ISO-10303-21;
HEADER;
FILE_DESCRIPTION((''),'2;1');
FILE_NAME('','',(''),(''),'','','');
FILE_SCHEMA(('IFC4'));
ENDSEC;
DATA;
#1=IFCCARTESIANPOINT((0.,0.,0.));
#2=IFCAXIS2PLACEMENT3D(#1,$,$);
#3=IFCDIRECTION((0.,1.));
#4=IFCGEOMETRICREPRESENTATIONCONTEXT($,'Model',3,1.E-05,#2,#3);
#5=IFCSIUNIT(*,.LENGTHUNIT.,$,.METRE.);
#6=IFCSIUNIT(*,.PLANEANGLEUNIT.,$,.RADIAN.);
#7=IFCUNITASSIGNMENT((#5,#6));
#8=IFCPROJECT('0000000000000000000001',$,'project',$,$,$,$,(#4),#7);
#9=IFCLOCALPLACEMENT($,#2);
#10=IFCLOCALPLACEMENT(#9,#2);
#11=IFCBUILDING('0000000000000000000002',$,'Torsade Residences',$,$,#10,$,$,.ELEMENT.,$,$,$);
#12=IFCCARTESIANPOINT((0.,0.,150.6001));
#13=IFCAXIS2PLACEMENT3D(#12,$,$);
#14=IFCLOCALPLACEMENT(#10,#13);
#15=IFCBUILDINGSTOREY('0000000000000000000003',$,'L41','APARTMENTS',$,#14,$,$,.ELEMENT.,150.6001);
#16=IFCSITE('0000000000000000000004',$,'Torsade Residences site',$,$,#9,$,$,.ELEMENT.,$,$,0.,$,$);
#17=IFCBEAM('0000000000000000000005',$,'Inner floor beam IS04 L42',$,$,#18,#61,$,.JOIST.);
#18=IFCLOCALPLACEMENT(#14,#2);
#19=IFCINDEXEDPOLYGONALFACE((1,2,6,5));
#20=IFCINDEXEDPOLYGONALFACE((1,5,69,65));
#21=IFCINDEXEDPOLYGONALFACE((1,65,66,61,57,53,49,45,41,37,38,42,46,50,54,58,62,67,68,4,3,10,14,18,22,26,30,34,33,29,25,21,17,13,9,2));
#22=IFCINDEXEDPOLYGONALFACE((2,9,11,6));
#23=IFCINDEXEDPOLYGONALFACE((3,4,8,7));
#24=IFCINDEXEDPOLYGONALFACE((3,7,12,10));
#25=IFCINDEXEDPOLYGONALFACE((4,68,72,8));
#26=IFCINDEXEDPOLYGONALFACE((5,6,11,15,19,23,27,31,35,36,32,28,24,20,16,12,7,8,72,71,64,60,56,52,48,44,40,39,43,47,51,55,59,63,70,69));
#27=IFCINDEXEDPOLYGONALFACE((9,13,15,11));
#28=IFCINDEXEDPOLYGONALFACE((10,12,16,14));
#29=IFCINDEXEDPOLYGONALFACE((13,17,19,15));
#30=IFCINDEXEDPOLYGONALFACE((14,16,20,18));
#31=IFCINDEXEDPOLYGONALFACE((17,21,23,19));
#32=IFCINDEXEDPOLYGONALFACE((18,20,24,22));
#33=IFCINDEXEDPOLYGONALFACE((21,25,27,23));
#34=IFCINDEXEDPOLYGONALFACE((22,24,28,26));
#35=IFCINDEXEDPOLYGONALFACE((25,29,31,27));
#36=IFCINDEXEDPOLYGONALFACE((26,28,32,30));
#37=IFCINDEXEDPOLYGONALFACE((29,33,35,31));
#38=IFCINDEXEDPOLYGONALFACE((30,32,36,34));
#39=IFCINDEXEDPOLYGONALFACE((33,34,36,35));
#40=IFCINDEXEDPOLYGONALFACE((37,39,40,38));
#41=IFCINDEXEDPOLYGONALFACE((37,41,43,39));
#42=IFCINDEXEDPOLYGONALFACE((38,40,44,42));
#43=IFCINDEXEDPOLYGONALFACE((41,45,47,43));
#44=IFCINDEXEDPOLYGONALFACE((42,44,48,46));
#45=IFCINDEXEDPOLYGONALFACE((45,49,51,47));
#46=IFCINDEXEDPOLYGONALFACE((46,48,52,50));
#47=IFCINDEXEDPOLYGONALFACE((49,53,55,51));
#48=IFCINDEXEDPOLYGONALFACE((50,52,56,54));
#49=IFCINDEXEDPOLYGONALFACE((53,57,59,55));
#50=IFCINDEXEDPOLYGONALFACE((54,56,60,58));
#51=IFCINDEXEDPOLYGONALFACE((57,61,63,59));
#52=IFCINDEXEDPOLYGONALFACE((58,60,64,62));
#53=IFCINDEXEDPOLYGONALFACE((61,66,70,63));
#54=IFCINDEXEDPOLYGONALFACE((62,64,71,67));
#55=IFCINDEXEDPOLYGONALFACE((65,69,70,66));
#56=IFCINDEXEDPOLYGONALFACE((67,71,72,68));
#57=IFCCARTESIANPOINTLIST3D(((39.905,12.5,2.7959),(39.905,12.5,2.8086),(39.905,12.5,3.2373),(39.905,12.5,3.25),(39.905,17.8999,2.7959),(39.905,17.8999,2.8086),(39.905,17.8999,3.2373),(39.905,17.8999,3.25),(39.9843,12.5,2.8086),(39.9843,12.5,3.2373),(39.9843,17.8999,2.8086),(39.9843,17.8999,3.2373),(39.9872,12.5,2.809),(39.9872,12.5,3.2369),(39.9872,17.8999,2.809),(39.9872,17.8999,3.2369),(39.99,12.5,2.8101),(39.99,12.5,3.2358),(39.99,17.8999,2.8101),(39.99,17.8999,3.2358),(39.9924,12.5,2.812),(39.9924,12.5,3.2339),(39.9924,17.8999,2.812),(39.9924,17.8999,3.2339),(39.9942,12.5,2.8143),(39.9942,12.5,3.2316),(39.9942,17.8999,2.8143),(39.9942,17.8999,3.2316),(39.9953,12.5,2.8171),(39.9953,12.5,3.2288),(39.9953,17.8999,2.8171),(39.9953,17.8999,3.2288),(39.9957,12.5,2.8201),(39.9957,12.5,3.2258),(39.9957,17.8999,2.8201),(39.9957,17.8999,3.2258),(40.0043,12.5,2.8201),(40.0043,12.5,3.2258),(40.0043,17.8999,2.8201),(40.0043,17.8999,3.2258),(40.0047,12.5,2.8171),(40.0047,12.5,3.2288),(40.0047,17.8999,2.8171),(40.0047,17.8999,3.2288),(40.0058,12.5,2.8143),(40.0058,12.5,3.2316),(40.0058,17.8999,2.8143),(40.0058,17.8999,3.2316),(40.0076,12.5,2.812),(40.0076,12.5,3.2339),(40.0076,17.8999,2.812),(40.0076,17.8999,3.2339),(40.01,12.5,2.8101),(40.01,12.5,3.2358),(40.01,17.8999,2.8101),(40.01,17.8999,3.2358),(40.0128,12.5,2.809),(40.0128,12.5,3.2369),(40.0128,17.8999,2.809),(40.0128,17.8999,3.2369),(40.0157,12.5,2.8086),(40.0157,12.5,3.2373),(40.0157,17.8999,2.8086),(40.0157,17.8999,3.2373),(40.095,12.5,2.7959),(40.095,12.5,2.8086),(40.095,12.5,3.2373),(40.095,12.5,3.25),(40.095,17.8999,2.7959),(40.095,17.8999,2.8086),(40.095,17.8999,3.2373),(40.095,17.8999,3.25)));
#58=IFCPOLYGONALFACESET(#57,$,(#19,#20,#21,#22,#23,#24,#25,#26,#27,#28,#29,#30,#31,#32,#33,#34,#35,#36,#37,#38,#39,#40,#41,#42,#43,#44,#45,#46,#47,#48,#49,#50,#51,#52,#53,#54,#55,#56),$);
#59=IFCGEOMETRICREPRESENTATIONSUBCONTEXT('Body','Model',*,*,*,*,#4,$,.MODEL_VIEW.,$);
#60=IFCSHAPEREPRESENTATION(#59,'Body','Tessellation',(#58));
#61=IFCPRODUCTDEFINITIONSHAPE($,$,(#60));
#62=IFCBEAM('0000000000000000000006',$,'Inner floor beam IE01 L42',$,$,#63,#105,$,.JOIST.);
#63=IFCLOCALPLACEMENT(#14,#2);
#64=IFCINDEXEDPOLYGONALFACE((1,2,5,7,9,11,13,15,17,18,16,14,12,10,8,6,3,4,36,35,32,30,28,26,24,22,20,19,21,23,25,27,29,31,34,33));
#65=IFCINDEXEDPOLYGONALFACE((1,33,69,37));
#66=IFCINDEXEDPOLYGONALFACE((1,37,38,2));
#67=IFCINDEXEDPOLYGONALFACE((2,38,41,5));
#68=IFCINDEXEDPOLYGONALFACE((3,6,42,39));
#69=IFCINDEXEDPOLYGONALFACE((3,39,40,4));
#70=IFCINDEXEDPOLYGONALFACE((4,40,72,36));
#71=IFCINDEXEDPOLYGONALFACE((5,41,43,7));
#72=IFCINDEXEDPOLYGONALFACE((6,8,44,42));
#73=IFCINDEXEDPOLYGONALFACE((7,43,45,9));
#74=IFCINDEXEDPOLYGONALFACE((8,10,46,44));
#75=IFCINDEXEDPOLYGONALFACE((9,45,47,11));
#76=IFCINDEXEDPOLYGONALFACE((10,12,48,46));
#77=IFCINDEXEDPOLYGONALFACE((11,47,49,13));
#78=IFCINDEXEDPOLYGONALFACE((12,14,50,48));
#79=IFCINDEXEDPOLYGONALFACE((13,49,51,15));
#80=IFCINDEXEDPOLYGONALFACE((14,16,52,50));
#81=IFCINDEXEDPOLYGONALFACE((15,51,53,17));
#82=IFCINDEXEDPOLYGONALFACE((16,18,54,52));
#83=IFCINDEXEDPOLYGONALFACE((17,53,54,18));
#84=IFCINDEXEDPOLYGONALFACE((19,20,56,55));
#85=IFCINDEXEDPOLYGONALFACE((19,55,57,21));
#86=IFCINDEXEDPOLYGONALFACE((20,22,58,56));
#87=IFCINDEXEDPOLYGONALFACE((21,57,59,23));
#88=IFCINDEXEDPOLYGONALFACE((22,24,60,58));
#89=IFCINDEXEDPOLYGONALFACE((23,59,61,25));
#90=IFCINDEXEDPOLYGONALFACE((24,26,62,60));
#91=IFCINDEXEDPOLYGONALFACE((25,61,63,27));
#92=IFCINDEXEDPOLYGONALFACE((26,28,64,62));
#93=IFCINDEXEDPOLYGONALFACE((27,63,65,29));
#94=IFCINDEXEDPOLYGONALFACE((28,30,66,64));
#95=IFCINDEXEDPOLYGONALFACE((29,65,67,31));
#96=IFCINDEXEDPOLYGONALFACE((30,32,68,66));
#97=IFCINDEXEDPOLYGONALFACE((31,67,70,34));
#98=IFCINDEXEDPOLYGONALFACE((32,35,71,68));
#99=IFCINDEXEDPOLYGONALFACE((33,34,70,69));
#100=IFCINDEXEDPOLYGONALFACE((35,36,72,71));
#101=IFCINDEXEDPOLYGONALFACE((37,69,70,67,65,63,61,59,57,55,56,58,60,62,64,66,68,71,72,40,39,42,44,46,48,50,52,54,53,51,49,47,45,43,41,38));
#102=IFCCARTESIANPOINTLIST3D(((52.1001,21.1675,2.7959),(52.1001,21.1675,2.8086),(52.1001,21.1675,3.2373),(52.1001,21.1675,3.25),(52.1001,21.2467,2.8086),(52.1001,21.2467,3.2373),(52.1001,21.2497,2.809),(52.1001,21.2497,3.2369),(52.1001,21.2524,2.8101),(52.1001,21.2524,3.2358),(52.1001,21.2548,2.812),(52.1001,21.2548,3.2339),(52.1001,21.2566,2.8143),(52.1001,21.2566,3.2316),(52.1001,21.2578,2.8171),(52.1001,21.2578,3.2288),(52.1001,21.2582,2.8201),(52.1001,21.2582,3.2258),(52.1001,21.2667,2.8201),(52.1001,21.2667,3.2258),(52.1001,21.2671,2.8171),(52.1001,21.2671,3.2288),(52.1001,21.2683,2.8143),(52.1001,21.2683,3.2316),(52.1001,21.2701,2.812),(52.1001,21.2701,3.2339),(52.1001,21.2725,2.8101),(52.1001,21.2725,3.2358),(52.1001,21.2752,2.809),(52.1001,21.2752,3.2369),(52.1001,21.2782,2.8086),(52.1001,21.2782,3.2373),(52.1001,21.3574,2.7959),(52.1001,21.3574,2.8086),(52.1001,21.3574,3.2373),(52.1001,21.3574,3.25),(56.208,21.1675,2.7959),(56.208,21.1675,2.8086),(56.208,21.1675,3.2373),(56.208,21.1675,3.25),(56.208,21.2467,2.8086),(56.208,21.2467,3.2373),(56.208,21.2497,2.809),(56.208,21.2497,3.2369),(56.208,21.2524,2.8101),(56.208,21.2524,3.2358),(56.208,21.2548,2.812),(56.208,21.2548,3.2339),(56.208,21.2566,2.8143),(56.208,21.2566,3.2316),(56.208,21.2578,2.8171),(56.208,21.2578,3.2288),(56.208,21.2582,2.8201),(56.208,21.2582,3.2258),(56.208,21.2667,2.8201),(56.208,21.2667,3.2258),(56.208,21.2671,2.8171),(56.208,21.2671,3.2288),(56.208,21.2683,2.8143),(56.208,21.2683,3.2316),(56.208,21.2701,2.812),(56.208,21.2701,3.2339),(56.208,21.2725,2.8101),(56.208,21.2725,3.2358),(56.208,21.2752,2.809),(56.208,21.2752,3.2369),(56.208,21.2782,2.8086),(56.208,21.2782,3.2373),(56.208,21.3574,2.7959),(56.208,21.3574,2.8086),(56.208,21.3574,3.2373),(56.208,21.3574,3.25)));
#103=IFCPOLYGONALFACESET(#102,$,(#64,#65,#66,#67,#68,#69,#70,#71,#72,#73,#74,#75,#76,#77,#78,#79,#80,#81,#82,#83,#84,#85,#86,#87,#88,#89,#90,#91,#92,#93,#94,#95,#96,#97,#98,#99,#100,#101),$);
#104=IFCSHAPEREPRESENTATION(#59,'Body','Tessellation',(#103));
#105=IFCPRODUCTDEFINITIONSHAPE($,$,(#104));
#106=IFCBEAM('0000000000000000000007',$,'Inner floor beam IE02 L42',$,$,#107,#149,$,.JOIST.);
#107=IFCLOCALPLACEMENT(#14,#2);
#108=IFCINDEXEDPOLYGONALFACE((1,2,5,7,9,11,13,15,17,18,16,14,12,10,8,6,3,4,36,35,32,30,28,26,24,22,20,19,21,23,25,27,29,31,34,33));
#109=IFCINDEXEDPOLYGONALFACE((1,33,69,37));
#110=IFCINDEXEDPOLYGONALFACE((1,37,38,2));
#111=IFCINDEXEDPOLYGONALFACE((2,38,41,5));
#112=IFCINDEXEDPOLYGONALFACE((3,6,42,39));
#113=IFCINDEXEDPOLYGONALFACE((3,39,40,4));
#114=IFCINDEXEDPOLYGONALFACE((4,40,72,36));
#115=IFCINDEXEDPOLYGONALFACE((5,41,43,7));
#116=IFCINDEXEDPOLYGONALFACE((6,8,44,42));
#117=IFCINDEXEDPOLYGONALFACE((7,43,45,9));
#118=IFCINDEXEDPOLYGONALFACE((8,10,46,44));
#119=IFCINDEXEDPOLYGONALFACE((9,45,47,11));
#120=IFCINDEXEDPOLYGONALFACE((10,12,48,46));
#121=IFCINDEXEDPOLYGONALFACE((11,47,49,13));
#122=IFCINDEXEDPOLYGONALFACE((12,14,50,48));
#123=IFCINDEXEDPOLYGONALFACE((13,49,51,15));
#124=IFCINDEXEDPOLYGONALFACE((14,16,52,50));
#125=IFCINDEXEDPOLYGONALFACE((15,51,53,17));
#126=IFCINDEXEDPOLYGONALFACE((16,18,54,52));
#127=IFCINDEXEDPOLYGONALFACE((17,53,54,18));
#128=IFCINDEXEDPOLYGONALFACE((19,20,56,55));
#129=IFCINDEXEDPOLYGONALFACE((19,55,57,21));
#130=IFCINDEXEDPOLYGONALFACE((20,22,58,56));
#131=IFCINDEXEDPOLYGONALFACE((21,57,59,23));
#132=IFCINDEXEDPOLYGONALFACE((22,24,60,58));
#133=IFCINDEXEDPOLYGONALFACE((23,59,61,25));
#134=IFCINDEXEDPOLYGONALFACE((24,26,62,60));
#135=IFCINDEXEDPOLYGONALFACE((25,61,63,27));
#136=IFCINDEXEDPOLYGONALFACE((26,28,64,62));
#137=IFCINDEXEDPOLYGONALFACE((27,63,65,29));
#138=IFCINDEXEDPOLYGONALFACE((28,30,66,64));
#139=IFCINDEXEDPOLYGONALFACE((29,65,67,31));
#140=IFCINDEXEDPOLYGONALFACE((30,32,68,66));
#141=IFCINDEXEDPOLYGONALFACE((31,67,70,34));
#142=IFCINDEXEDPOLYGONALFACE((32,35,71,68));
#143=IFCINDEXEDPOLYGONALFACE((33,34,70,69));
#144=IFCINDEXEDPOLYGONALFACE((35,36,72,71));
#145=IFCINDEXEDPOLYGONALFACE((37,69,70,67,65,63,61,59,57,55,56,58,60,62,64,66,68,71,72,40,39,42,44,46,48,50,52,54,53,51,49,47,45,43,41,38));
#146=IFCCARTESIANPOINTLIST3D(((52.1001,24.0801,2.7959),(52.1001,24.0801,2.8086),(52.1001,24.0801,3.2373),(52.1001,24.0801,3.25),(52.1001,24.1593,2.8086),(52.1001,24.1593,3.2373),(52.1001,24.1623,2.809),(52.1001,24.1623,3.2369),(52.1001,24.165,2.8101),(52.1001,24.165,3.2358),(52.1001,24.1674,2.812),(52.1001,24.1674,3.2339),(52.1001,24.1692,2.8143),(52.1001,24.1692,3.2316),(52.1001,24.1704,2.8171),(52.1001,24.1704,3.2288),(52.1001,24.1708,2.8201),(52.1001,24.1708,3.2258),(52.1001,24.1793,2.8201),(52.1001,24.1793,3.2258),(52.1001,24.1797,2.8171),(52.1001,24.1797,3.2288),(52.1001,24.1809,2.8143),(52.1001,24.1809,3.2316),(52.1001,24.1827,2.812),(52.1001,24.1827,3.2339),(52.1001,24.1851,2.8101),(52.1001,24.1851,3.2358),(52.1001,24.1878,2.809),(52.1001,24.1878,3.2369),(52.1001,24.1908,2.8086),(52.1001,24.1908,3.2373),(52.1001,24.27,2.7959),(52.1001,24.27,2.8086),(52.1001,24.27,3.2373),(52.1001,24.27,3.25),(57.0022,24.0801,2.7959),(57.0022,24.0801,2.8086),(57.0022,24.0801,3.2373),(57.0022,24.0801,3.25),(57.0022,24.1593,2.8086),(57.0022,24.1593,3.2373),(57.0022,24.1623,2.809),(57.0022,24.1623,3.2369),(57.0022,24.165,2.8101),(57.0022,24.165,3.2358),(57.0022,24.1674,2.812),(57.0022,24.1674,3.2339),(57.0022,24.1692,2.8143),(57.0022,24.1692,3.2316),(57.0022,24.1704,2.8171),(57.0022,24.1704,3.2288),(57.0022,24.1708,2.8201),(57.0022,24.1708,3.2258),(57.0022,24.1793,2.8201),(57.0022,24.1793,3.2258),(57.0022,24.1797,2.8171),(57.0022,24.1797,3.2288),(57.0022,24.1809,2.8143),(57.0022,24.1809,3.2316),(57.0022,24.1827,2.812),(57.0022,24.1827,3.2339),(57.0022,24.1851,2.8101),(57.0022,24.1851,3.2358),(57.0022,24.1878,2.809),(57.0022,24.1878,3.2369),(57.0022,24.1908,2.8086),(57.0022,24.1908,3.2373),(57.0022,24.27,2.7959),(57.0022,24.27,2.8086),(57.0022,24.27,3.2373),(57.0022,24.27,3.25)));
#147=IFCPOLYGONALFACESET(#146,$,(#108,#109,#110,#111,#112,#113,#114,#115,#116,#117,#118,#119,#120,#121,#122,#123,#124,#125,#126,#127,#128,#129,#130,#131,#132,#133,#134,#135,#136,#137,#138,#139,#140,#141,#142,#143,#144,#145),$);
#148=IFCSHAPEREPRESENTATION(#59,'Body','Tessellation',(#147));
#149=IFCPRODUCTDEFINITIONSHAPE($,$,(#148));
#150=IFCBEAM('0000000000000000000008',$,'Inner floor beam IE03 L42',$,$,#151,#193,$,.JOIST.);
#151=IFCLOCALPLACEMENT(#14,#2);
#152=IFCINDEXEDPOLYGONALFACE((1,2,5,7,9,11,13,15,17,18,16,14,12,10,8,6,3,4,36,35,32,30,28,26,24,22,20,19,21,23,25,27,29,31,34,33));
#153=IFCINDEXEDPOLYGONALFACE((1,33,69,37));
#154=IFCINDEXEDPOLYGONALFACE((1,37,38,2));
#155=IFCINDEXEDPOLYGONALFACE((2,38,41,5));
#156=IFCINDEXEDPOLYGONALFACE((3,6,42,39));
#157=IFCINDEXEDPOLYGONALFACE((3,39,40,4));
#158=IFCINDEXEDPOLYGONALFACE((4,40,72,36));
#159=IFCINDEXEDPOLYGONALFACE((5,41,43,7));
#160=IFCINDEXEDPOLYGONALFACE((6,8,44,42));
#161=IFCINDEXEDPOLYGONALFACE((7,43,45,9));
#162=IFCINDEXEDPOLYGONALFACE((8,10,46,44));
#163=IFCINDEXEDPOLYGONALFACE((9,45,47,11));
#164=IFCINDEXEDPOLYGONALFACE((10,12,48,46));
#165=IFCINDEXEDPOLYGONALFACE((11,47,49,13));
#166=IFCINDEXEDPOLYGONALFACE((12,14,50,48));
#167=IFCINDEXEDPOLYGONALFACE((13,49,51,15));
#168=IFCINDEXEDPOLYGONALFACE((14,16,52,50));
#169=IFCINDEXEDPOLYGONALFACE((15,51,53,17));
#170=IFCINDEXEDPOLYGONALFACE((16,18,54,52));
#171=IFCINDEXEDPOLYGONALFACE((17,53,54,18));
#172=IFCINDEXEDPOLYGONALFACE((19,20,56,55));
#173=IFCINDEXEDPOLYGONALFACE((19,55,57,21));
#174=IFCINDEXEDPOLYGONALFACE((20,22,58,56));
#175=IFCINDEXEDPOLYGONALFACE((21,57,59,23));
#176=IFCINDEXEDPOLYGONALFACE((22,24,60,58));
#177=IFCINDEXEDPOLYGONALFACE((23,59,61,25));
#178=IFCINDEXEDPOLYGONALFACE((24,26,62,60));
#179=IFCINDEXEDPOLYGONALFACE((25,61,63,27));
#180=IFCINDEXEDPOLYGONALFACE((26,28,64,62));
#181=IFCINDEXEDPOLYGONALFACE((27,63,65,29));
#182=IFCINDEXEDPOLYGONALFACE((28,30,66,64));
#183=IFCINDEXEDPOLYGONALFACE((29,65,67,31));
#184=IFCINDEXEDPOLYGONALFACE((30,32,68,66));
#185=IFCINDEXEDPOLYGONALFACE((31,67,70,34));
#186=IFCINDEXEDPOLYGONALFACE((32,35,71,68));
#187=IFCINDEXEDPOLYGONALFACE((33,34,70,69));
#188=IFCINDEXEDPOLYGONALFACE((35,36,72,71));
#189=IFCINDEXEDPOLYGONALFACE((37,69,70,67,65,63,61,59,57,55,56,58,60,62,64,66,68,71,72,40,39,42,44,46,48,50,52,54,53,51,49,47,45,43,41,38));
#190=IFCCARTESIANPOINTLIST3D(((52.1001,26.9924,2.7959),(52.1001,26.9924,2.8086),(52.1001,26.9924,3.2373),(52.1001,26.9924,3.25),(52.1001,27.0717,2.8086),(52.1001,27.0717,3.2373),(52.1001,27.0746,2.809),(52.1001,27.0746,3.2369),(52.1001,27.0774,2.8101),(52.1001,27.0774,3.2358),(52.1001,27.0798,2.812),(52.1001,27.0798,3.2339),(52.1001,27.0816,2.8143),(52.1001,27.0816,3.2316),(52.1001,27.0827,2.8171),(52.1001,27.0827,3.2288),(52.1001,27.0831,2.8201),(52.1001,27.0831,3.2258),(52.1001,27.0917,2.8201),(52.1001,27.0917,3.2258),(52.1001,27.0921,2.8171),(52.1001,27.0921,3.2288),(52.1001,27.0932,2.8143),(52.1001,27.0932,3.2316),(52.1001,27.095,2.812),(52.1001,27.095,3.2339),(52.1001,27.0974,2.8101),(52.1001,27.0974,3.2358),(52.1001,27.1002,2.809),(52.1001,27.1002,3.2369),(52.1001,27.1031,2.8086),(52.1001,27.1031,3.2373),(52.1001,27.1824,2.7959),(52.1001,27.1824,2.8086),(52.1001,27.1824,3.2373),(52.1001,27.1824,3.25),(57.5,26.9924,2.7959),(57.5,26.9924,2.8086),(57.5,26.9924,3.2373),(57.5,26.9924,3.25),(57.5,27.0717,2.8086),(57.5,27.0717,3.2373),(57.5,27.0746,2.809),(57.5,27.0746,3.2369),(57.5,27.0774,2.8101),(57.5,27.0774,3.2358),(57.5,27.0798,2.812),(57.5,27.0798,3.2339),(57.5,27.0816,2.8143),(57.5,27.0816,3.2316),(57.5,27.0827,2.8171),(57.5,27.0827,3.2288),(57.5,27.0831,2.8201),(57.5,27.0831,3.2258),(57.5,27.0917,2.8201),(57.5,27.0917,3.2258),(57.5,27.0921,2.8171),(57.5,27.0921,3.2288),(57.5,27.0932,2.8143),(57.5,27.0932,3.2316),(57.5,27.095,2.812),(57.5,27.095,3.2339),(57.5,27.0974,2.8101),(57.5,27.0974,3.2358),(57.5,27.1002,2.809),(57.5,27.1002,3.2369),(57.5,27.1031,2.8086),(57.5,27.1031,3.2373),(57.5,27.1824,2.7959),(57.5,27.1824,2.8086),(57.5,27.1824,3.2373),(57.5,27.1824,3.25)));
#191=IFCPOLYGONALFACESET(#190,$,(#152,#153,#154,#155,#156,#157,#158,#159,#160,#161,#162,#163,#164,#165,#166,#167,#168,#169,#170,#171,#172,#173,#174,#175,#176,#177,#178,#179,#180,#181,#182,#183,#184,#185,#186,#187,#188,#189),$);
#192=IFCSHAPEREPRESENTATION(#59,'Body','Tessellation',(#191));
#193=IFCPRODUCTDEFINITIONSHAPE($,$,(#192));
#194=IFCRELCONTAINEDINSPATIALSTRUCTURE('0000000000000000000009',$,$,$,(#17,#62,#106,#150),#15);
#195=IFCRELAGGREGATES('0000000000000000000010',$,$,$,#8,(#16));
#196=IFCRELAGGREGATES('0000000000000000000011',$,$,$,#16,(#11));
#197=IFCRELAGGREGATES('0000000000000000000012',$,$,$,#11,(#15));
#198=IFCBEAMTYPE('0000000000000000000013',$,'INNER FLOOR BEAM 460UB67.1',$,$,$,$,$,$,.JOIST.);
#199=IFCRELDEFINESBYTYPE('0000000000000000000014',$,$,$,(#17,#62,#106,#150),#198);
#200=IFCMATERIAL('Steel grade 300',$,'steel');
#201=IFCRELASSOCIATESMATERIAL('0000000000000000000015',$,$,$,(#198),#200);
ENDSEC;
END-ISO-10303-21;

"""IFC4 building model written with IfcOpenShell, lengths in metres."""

from ifc_helpers import new_model, si_unit, direction, frame, origin, origin_2d, place, context, subcontext, project, spatial, i_section, extrude, material, material_profile, profile_set, type_object, element, save


model = new_model("IFC4")

# Units and contexts
model_context = context("Model", 3, precision=1e-05, world=origin(), true_north=direction((0.0, 1.0)))
body_context = subcontext(model_context, "Body", "Model", "MODEL_VIEW")
ifc_project = project(units=[si_unit("LENGTHUNIT", "METRE"), si_unit("PLANEANGLEUNIT", "RADIAN")], contexts=[model_context])

# Site, building, storey
site_placement = place(None, origin())
site = spatial("IfcSite", under=ifc_project, at=site_placement, Name="Torsade Residences site", CompositionType="ELEMENT", RefElevation=0.0)
building_placement = place(site_placement, origin())
building = spatial("IfcBuilding", under=site, at=building_placement, Name="Torsade Residences", CompositionType="ELEMENT")
storey_placement = place(building_placement, frame((0.0, 0.0, 150.6001)))
storey = spatial("IfcBuildingStorey", under=building, at=storey_placement, Name="L41", Description="APARTMENTS", CompositionType="ELEMENT", Elevation=150.6001)

# Beams
ifc_material_1 = material(Name="Steel grade 300", Category="steel")
ifc_material_profile_1 = material_profile(ifc_material_1, i_section(OverallWidth=0.1899, OverallDepth=0.4541, WebThickness=0.0085, FlangeThickness=0.0127, FilletRadius=0.0115, at=origin_2d()), Name="460UB67.1")
ifc_profile_set_1 = profile_set([ifc_material_profile_1], Name="Steel grade 300")
beam_type = type_object("IfcBeamType", Name="INNER FLOOR BEAM 460UB67.1", PredefinedType="JOIST", material=ifc_profile_set_1)
for number, where, z_axis, x_axis, name in (
    (1, (40.0, 17.8999, 3.0229), (0.0, -1.0, 0.0), (1.0, 0.0, 0.0), "Inner floor beam IS04 L42"),
):
    element("IfcBeam", number, at=place(storey_placement, frame(where, z_axis=z_axis, x_axis=x_axis)), inside=storey, type_object=beam_type, Name=name, PredefinedType="JOIST", context=body_context, shape_type="SweptSolid", body=[
        extrude(i_section(OverallWidth=0.1899, OverallDepth=0.4541, WebThickness=0.0085, FlangeThickness=0.0127, FilletRadius=0.0115, at=origin_2d()), origin(), (0.0, 0.0, 1.0), 5.3999),
    ])
beam_1_placement = place(storey_placement, frame((52.1001, 21.2625, 3.0229), z_axis=(1.0, 0.0, 0.0), x_axis=(0.0, 1.0, 0.0)))
element("IfcBeam", 2, at=beam_1_placement, inside=storey, type_object=beam_type, Name="Inner floor beam IE01 L42", PredefinedType="JOIST", context=body_context, shape_type="SweptSolid", body=[
    extrude(i_section(OverallWidth=0.1899, OverallDepth=0.4541, WebThickness=0.0085, FlangeThickness=0.0127, FilletRadius=0.0115, at=origin_2d()), origin(), (0.0, 0.0, 1.0), 4.1079),
])
beam_2_placement = place(storey_placement, frame((52.1001, 24.175, 3.0229), z_axis=(1.0, 0.0, 0.0), x_axis=(0.0, 1.0, 0.0)))
element("IfcBeam", 3, at=beam_2_placement, inside=storey, type_object=beam_type, Name="Inner floor beam IE02 L42", PredefinedType="JOIST", context=body_context, shape_type="SweptSolid", body=[
    extrude(i_section(OverallWidth=0.1899, OverallDepth=0.4541, WebThickness=0.0085, FlangeThickness=0.0127, FilletRadius=0.0115, at=origin_2d()), origin(), (0.0, 0.0, 1.0), 4.9021),
])
beam_3_placement = place(storey_placement, frame((52.1001, 27.0874, 3.0229), z_axis=(1.0, 0.0, 0.0), x_axis=(0.0, 1.0, 0.0)))
element("IfcBeam", 4, at=beam_3_placement, inside=storey, type_object=beam_type, Name="Inner floor beam IE03 L42", PredefinedType="JOIST", context=body_context, shape_type="SweptSolid", body=[
    extrude(i_section(OverallWidth=0.1899, OverallDepth=0.4541, WebThickness=0.0085, FlangeThickness=0.0127, FilletRadius=0.0115, at=origin_2d()), origin(), (0.0, 0.0, 1.0), 5.3999),
])

save(model, "model.ifc")
